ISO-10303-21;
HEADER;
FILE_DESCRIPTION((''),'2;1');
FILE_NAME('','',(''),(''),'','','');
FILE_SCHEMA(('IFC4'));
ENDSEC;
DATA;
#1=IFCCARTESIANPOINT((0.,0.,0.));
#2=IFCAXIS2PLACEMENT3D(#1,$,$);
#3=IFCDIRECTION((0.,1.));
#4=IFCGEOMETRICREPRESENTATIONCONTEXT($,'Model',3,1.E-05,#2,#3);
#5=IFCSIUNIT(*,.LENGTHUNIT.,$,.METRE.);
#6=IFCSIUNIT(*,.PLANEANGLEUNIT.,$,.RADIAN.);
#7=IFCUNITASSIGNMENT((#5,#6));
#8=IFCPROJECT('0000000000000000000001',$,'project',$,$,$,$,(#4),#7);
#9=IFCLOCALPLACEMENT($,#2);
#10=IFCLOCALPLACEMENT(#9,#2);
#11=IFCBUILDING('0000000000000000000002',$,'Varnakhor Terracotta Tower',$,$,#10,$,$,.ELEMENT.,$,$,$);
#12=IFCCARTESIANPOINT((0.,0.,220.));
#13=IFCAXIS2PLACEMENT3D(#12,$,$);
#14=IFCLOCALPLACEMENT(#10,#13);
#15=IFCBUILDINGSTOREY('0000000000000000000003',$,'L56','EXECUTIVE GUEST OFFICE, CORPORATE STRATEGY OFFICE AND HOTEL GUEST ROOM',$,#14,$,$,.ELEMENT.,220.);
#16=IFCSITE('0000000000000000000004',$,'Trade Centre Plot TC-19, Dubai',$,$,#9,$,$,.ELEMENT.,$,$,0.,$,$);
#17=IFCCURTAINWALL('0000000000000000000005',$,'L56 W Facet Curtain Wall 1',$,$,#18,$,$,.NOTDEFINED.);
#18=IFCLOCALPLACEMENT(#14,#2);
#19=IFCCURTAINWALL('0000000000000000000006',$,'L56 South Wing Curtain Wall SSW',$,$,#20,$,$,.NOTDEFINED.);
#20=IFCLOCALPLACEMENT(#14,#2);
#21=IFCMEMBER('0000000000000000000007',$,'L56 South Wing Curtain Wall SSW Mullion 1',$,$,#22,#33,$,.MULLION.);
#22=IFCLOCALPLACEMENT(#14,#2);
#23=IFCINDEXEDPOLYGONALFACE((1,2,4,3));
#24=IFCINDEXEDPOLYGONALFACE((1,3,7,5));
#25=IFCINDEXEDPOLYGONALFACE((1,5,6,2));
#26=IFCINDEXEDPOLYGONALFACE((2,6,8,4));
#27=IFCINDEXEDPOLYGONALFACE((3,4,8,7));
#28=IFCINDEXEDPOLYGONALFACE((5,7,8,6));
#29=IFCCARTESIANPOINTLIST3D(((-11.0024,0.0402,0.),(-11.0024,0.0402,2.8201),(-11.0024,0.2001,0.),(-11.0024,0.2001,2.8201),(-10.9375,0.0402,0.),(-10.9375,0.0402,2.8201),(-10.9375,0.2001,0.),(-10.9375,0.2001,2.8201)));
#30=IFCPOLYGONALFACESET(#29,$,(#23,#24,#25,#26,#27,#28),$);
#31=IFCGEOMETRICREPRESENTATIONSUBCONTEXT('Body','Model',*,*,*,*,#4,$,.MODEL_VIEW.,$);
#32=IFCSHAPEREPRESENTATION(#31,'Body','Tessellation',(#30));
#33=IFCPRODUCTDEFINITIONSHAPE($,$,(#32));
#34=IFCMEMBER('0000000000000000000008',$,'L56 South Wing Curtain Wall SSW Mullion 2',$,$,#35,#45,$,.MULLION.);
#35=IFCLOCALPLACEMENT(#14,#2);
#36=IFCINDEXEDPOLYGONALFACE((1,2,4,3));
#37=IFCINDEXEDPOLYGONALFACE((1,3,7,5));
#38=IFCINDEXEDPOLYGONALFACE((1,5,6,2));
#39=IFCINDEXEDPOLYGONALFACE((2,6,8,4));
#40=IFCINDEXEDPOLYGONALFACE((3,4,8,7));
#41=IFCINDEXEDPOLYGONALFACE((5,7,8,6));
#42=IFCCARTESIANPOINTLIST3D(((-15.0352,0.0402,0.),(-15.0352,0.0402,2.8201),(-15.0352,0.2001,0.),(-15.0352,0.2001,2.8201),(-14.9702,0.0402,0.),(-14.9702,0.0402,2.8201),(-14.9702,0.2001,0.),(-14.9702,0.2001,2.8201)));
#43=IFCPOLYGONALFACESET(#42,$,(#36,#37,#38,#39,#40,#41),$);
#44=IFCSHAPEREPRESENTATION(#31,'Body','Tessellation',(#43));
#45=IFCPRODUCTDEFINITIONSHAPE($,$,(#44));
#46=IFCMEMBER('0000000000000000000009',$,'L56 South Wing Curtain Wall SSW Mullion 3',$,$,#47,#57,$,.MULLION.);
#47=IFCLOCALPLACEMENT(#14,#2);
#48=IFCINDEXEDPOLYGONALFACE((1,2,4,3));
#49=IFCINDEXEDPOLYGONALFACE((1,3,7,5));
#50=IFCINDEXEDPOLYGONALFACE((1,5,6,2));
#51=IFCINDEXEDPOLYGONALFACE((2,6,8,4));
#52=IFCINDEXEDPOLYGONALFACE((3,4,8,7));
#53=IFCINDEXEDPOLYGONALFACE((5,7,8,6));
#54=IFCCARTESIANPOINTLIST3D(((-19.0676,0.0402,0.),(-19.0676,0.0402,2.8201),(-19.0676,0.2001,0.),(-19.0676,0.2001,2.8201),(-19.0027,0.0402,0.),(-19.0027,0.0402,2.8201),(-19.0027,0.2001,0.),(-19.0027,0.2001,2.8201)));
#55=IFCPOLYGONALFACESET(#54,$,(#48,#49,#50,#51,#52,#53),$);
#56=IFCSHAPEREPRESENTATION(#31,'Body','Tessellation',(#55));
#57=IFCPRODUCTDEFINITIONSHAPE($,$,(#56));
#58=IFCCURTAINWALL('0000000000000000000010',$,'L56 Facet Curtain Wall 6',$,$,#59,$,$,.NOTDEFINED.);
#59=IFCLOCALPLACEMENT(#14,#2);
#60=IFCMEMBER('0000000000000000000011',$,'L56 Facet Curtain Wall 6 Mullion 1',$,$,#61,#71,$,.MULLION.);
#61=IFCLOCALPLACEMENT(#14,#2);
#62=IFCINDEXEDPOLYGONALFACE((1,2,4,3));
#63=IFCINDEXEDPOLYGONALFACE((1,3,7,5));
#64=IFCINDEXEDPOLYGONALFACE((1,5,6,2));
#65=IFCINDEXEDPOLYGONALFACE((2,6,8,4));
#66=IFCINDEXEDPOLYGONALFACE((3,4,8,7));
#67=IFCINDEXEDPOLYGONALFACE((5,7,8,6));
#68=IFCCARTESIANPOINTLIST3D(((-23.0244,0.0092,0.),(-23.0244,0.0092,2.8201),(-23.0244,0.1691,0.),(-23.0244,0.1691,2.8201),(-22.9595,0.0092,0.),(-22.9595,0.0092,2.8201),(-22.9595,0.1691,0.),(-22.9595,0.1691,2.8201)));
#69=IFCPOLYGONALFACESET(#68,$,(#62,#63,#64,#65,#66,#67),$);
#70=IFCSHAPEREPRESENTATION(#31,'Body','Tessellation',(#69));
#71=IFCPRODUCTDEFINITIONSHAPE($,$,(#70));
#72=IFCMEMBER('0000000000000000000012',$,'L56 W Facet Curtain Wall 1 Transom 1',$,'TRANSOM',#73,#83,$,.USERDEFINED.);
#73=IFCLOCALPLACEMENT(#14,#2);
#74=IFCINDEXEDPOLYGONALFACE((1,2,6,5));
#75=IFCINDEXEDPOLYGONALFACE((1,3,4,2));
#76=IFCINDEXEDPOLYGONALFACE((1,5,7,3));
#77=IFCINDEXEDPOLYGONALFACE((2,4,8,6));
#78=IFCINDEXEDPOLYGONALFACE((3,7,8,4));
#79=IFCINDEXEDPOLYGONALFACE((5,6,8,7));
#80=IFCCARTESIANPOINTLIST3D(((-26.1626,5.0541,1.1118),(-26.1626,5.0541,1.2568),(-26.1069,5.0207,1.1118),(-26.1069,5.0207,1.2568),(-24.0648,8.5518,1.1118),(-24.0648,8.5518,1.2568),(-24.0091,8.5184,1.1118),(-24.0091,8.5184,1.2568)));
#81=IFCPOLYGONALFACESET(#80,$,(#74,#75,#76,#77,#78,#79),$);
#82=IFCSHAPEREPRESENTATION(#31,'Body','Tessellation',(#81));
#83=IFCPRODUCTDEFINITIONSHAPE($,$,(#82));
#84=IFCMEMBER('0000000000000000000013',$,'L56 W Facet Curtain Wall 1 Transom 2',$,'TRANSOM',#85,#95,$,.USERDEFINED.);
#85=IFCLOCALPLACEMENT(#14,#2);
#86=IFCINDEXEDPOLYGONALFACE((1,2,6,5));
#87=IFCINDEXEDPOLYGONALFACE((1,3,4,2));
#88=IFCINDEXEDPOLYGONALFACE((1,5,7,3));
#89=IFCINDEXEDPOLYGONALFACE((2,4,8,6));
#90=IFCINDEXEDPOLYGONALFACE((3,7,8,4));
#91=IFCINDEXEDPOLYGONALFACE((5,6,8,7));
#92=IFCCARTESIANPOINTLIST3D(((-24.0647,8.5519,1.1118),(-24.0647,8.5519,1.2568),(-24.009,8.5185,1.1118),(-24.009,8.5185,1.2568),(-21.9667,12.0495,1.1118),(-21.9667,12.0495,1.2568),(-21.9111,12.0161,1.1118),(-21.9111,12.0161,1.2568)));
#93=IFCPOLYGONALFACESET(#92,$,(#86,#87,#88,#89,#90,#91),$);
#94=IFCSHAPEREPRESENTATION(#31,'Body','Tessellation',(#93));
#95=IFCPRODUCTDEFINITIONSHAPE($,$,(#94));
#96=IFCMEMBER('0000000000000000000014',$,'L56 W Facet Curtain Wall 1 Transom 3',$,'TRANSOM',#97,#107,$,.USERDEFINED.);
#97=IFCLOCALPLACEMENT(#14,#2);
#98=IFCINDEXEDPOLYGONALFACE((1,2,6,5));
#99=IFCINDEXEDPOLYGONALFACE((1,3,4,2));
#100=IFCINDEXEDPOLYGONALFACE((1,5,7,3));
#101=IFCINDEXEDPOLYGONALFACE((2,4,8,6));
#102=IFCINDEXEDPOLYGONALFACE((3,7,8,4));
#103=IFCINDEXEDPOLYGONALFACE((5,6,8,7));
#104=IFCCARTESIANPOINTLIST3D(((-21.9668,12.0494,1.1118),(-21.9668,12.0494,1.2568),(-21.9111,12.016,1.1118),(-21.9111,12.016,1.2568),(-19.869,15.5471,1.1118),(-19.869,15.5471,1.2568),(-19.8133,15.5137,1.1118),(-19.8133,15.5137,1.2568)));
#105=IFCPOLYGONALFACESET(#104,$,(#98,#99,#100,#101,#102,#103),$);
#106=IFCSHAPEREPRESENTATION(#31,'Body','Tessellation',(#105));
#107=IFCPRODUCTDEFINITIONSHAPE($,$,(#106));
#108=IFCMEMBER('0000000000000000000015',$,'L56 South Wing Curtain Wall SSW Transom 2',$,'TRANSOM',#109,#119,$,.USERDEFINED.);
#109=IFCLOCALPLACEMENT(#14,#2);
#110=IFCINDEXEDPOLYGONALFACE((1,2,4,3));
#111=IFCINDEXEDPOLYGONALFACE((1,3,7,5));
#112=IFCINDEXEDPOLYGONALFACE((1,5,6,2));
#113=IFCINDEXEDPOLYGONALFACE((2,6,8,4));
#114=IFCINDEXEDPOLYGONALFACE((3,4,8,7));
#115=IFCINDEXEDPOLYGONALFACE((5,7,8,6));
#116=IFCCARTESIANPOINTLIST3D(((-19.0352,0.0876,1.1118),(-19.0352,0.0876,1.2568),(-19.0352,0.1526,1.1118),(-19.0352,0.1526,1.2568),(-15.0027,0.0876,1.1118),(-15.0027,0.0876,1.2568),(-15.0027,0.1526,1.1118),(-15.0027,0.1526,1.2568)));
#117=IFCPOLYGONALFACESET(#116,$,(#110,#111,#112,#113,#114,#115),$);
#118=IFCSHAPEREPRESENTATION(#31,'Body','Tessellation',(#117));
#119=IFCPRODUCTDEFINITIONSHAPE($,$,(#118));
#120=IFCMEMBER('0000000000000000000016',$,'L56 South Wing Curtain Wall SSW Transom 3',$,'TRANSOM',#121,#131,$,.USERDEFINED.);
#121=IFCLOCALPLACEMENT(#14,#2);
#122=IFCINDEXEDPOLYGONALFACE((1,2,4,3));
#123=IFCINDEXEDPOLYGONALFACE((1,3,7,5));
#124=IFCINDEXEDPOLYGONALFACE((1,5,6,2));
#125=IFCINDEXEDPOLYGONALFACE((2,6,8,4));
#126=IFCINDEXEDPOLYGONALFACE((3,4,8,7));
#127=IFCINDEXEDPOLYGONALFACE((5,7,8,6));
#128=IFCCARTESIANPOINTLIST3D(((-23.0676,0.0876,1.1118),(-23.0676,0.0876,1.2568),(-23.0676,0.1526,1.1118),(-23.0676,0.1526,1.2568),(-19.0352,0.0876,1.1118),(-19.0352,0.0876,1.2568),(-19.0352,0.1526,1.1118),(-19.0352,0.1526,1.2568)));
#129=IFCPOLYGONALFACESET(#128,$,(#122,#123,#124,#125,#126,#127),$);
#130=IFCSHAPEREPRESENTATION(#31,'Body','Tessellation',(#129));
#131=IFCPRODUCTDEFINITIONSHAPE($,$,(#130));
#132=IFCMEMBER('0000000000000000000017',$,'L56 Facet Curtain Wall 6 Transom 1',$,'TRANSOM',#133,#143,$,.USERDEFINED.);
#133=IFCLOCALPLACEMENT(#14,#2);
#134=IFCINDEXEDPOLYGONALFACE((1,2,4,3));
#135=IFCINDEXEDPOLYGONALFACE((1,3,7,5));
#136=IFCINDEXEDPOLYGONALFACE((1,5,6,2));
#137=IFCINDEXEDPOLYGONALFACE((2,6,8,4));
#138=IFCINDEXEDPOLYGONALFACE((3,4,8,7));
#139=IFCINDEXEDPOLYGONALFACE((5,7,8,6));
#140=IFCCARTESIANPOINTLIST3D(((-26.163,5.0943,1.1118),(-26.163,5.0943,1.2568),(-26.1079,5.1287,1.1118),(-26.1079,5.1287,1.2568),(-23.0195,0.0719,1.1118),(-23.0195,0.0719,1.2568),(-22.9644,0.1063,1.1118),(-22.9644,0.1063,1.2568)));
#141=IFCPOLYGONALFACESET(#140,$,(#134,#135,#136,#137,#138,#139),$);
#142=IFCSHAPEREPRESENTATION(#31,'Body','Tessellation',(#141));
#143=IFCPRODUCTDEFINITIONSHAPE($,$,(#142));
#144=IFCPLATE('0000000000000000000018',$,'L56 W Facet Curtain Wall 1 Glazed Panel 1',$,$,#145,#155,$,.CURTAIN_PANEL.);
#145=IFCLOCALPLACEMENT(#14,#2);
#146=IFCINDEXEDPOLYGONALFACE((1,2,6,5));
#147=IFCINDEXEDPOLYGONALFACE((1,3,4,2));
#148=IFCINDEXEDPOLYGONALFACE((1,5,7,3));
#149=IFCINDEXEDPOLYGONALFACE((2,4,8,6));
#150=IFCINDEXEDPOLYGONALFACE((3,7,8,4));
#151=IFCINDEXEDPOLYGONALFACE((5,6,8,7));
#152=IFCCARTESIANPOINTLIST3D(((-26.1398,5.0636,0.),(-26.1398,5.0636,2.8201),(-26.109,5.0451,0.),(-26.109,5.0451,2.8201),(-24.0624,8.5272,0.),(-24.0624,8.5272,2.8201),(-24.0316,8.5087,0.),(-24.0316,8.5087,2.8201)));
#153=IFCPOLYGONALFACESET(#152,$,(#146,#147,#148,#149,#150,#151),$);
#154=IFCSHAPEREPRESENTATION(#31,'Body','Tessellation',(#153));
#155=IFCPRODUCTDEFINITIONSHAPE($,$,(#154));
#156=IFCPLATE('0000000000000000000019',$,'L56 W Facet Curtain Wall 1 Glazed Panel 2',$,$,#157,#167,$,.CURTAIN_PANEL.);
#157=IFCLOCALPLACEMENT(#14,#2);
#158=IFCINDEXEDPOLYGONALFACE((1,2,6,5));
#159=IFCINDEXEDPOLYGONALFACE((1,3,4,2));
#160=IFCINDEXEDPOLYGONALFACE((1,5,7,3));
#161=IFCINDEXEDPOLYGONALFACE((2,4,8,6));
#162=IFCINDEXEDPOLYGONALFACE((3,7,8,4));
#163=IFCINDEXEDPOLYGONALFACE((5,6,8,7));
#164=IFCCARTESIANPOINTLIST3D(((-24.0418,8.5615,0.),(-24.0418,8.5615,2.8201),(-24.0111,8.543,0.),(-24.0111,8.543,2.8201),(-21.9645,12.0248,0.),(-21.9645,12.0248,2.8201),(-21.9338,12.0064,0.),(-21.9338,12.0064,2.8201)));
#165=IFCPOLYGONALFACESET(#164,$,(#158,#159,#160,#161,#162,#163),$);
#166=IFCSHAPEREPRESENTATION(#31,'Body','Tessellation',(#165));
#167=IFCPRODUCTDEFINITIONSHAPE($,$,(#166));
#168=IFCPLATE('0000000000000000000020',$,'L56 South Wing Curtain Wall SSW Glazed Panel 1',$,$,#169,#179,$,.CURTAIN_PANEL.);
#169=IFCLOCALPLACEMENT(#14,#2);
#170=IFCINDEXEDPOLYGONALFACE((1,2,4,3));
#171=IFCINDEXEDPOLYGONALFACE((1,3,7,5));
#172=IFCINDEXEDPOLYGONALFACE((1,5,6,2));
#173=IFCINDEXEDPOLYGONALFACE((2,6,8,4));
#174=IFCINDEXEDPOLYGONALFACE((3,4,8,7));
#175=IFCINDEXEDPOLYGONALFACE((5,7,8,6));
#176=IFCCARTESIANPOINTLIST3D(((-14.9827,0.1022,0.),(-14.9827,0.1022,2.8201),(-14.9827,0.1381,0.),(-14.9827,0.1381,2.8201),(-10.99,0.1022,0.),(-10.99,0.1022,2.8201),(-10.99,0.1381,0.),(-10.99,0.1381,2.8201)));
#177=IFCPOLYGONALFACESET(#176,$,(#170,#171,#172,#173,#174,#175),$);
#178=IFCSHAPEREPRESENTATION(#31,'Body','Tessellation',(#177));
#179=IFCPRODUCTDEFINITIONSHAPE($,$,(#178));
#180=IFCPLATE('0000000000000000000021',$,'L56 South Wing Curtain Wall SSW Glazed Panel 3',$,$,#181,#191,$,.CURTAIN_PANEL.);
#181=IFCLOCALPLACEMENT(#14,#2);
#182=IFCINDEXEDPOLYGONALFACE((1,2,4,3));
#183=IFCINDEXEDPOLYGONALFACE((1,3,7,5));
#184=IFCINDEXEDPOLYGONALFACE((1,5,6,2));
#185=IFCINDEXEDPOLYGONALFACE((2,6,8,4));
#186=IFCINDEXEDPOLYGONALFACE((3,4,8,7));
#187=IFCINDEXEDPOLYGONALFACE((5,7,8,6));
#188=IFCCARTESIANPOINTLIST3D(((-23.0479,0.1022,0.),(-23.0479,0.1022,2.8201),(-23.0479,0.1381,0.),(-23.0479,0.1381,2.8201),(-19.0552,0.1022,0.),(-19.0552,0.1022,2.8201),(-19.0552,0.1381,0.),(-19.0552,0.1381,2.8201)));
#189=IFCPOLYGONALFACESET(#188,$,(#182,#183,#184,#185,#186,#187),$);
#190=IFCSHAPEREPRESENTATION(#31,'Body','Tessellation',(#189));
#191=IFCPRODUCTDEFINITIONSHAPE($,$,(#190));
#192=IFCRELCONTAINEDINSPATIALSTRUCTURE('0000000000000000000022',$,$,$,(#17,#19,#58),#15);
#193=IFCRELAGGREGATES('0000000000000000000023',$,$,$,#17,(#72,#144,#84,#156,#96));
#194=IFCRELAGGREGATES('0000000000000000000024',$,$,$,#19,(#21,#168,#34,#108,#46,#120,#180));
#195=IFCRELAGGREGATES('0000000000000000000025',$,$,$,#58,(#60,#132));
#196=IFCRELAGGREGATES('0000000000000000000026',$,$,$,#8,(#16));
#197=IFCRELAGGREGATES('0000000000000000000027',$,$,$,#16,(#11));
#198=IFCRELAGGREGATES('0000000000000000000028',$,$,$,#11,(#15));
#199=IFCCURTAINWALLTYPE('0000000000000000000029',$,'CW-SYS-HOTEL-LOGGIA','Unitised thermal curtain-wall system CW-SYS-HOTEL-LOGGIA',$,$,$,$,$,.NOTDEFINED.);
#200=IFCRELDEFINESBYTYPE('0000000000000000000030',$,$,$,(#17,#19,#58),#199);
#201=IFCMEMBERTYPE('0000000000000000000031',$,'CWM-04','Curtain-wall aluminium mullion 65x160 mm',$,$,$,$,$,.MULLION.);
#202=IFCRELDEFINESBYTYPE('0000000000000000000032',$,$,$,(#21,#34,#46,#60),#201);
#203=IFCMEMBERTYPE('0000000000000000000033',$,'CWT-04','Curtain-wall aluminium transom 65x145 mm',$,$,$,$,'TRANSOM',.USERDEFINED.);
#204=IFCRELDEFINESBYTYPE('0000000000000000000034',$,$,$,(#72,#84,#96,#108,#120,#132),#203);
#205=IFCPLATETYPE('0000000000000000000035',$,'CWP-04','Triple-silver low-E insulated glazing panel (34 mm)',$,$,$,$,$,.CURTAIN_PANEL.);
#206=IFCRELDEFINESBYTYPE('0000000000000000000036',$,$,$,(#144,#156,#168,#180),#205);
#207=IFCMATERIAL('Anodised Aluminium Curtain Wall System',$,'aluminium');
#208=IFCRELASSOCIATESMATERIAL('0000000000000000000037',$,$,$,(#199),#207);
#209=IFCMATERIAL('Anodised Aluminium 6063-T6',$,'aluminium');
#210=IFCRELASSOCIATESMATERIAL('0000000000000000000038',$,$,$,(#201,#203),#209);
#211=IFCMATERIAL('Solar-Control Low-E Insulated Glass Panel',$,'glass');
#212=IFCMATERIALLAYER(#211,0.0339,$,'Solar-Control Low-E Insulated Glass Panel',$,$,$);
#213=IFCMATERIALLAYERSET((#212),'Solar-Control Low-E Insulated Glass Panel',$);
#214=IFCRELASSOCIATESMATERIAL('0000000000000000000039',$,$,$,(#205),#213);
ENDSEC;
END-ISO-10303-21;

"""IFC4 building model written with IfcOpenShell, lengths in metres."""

from ifc_helpers import new_model, si_unit, direction, frame, origin, origin_2d, place, context, subcontext, project, spatial, rectangle, extrude, source, transform, mapped, material, layer, layer_set, material_profile, profile_set, type_object, type_shapes, element, aggregate, save


model = new_model("IFC4")

# Units and contexts
model_context = context("Model", 3, precision=1e-05, world=origin(), true_north=direction((0.0, 1.0)))
body_context = subcontext(model_context, "Body", "Model", "MODEL_VIEW")
ifc_project = project(units=[si_unit("LENGTHUNIT", "METRE"), si_unit("PLANEANGLEUNIT", "RADIAN")], contexts=[model_context])

# Site, building, storey
site_placement = place(None, origin())
site = spatial("IfcSite", under=ifc_project, at=site_placement, Name="Trade Centre Plot TC-19, Dubai", CompositionType="ELEMENT", RefElevation=0.0)
building_placement = place(site_placement, origin())
building = spatial("IfcBuilding", under=site, at=building_placement, Name="Varnakhor Terracotta Tower", CompositionType="ELEMENT")
storey_placement = place(building_placement, frame((0.0, 0.0, 220.0)))
storey = spatial("IfcBuildingStorey", under=building, at=storey_placement, Name="L56", Description="EXECUTIVE GUEST OFFICE, CORPORATE STRATEGY OFFICE AND HOTEL GUEST ROOM", CompositionType="ELEMENT", Elevation=220.0)

# Curtain walls, members
ifc_material_1 = material(Name="Anodised Aluminium Curtain Wall System", Category="aluminium")
curtain_wall_type = type_object("IfcCurtainWallType", Name="CW-SYS-HOTEL-LOGGIA", Description="Unitised thermal curtain-wall system CW-SYS-HOTEL-LOGGIA", PredefinedType="NOTDEFINED", material=ifc_material_1)
curtain_wall_1_placement = place(storey_placement, origin())
curtain_wall_1 = element("IfcCurtainWall", 1, at=curtain_wall_1_placement, inside=storey, type_object=curtain_wall_type, Name="L56 W Facet Curtain Wall 1", PredefinedType="NOTDEFINED")
ifc_material_2 = material(Name="Anodised Aluminium 6063-T6", Category="aluminium")
ifc_material_profile_1 = material_profile(ifc_material_2, rectangle(XDim=0.0649, YDim=0.1599, at=origin_2d()), Name="ALU MULLION 65x160")
ifc_profile_set_1 = profile_set([ifc_material_profile_1], Name="Anodised Aluminium 6063-T6")
member_type_1 = type_object("IfcMemberType", Name="CWM-04", Description="Curtain-wall aluminium mullion 65x160 mm", PredefinedType="MULLION", material=ifc_profile_set_1)
shared_shape_1 = source(origin(), body_context, "Body", "SweptSolid", [
    extrude(rectangle(XDim=0.0649, YDim=0.1599, at=origin_2d()), origin(), (0.0, 0.0, 1.0), 2.8201),
])
type_shapes(member_type_1, [shared_shape_1])
curtain_wall_2_placement = place(storey_placement, origin())
curtain_wall_2 = element("IfcCurtainWall", 2, at=curtain_wall_2_placement, inside=storey, type_object=curtain_wall_type, Name="L56 South Wing Curtain Wall SSW", PredefinedType="NOTDEFINED")
member_1_placement = place(storey_placement, frame((-10.97, 0.1201, 0.0), z_axis=(0.0, 0.0, 1.0), x_axis=(1.0, 0.0, 0.0)))
member_1 = element("IfcMember", 3, at=member_1_placement, type_object=member_type_1, Name="L56 South Wing Curtain Wall SSW Mullion 1", PredefinedType="MULLION", context=body_context, shape_type="MappedRepresentation", body=[
    mapped(shared_shape_1, transform((0.0, 0.0, 0.0), scale=1.0)),
])
member_2_placement = place(storey_placement, frame((-15.0027, 0.1201, 0.0), z_axis=(0.0, 0.0, 1.0), x_axis=(1.0, 0.0, 0.0)))
member_2 = element("IfcMember", 4, at=member_2_placement, type_object=member_type_1, Name="L56 South Wing Curtain Wall SSW Mullion 2", PredefinedType="MULLION", context=body_context, shape_type="MappedRepresentation", body=[
    mapped(shared_shape_1, transform((0.0, 0.0, 0.0), scale=1.0)),
])
member_3_placement = place(storey_placement, frame((-19.0352, 0.1201, 0.0), z_axis=(0.0, 0.0, 1.0), x_axis=(1.0, 0.0, 0.0)))
member_3 = element("IfcMember", 5, at=member_3_placement, type_object=member_type_1, Name="L56 South Wing Curtain Wall SSW Mullion 3", PredefinedType="MULLION", context=body_context, shape_type="MappedRepresentation", body=[
    mapped(shared_shape_1, transform((0.0, 0.0, 0.0), scale=1.0)),
])

# Curtain wall, member
curtain_wall_3_placement = place(storey_placement, origin())
curtain_wall_3 = element("IfcCurtainWall", 6, at=curtain_wall_3_placement, inside=storey, type_object=curtain_wall_type, Name="L56 Facet Curtain Wall 6", PredefinedType="NOTDEFINED")
member_4_placement = place(storey_placement, frame((-22.9919, 0.0891, 0.0), z_axis=(0.0, 0.0, 1.0), x_axis=(1.0, 0.0, 0.0)))
member_4 = element("IfcMember", 7, at=member_4_placement, type_object=member_type_1, Name="L56 Facet Curtain Wall 6 Mullion 1", PredefinedType="MULLION", context=body_context, shape_type="MappedRepresentation", body=[
    mapped(shared_shape_1, transform((0.0, 0.0, 0.0), scale=1.0)),
])

# Members
ifc_material_profile_2 = material_profile(ifc_material_2, rectangle(XDim=0.0649, YDim=0.145, at=origin_2d()), Name="ALU TRANSOM 65x145")
ifc_profile_set_2 = profile_set([ifc_material_profile_2], Name="Anodised Aluminium 6063-T6")
member_type_2 = type_object("IfcMemberType", Name="CWT-04", Description="Curtain-wall aluminium transom 65x145 mm", ElementType="TRANSOM", PredefinedType="USERDEFINED", material=ifc_profile_set_2)
shared_shape_2 = source(origin(), body_context, "Body", "SweptSolid", [
    extrude(rectangle(XDim=0.0649, YDim=0.145, at=origin_2d()), origin(), (0.0, 0.0, 1.0), 4.0786),
])
type_shapes(member_type_2, [shared_shape_2])
member_5_placement = place(storey_placement, frame((-26.1348, 5.0374, 1.1843), z_axis=(0.514355, 0.857577, 0.0), x_axis=(-0.857577, 0.514355, 0.0)))
member_5 = element("IfcMember", 8, at=member_5_placement, type_object=member_type_2, Name="L56 W Facet Curtain Wall 1 Transom 1", ObjectType="TRANSOM", PredefinedType="USERDEFINED", context=body_context, shape_type="MappedRepresentation", body=[
    mapped(shared_shape_2, transform((0.0, 0.0, 0.0), scale=1.0)),
])
member_6_placement = place(storey_placement, frame((-24.0369, 8.5352, 1.1843), z_axis=(0.514381, 0.857562, 0.0), x_axis=(-0.857562, 0.514381, 0.0)))
member_6 = element("IfcMember", 9, at=member_6_placement, type_object=member_type_2, Name="L56 W Facet Curtain Wall 1 Transom 2", ObjectType="TRANSOM", PredefinedType="USERDEFINED", context=body_context, shape_type="MappedRepresentation", body=[
    mapped(shared_shape_2, transform((0.0, 0.0, 0.0), scale=1.0)),
])
member_7_placement = place(storey_placement, frame((-21.939, 12.0327, 1.1843), z_axis=(0.514355, 0.857577, 0.0), x_axis=(-0.857577, 0.514355, 0.0)))
member_7 = element("IfcMember", 10, at=member_7_placement, type_object=member_type_2, Name="L56 W Facet Curtain Wall 1 Transom 3", ObjectType="TRANSOM", PredefinedType="USERDEFINED", context=body_context, shape_type="MappedRepresentation", body=[
    mapped(shared_shape_2, transform((0.0, 0.0, 0.0), scale=1.0)),
])
shared_shape_3 = source(origin(), body_context, "Body", "SweptSolid", [
    extrude(rectangle(XDim=0.0649, YDim=0.145, at=origin_2d()), origin(), (0.0, 0.0, 1.0), 4.0325),
])
member_8_placement = place(storey_placement, frame((-15.0027, 0.1201, 1.1843), z_axis=(-1.0, 0.0, 0.0), x_axis=(0.0, -1.0, 0.0)))
member_8 = element("IfcMember", 11, at=member_8_placement, type_object=member_type_2, Name="L56 South Wing Curtain Wall SSW Transom 2", ObjectType="TRANSOM", PredefinedType="USERDEFINED", context=body_context, shape_type="MappedRepresentation", body=[
    mapped(shared_shape_3, transform((0.0, 0.0, 0.0), scale=1.0)),
])
member_9_placement = place(storey_placement, frame((-19.0352, 0.1201, 1.1843), z_axis=(-1.0, 0.0, 0.0), x_axis=(0.0, -1.0, 0.0)))
member_9 = element("IfcMember", 12, at=member_9_placement, type_object=member_type_2, Name="L56 South Wing Curtain Wall SSW Transom 3", ObjectType="TRANSOM", PredefinedType="USERDEFINED", context=body_context, shape_type="MappedRepresentation", body=[
    mapped(shared_shape_3, transform((0.0, 0.0, 0.0), scale=1.0)),
])
shared_shape_4 = source(origin(), body_context, "Body", "SweptSolid", [
    extrude(rectangle(XDim=0.0649, YDim=0.145, at=origin_2d()), origin(), (0.0, 0.0, 1.0), 5.925),
])
member_10_placement = place(storey_placement, frame((-22.9919, 0.0891, 1.1843), z_axis=(-0.530547, 0.847656, 0.0), x_axis=(-0.847656, -0.530547, 0.0)))
member_10 = element("IfcMember", 13, at=member_10_placement, type_object=member_type_2, Name="L56 Facet Curtain Wall 6 Transom 1", ObjectType="TRANSOM", PredefinedType="USERDEFINED", context=body_context, shape_type="MappedRepresentation", body=[
    mapped(shared_shape_4, transform((0.0, 0.0, 0.0), scale=1.0)),
])

# Plates
ifc_material_3 = material(Name="Solar-Control Low-E Insulated Glass Panel", Category="glass")
ifc_layer_1 = layer(ifc_material_3, 0.0339, Name="Solar-Control Low-E Insulated Glass Panel")
ifc_layer_set_1 = layer_set([ifc_layer_1], Name="Solar-Control Low-E Insulated Glass Panel")
plate_type = type_object("IfcPlateType", Name="CWP-04", Description="Triple-silver low-E insulated glazing panel (34 mm)", PredefinedType="CURTAIN_PANEL", material=ifc_layer_set_1)
shared_shape_5 = source(origin(), body_context, "Body", "SweptSolid", [
    extrude(rectangle(XDim=4.0388, YDim=0.0359, at=origin_2d()), origin(), (0.0, 0.0, 1.0), 2.8201),
])
type_shapes(plate_type, [shared_shape_5])
plate_1_placement = place(storey_placement, frame((-25.0857, 6.7861, 0.0), z_axis=(0.0, 0.0, 1.0), x_axis=(0.514365, 0.857572, 0.0)))
plate_1 = element("IfcPlate", 14, at=plate_1_placement, type_object=plate_type, Name="L56 W Facet Curtain Wall 1 Glazed Panel 1", PredefinedType="CURTAIN_PANEL", context=body_context, shape_type="MappedRepresentation", body=[
    mapped(shared_shape_5, transform((0.0, 0.0, 0.0), scale=1.0)),
])
shared_shape_6 = source(origin(), body_context, "Body", "SweptSolid", [
    extrude(rectangle(XDim=4.0386, YDim=0.0359, at=origin_2d()), origin(), (0.0, 0.0, 1.0), 2.8201),
])
plate_2_placement = place(storey_placement, frame((-22.9878, 10.2839, 0.0), z_axis=(0.0, 0.0, 1.0), x_axis=(0.514365, 0.857572, 0.0)))
plate_2 = element("IfcPlate", 15, at=plate_2_placement, type_object=plate_type, Name="L56 W Facet Curtain Wall 1 Glazed Panel 2", PredefinedType="CURTAIN_PANEL", context=body_context, shape_type="MappedRepresentation", body=[
    mapped(shared_shape_6, transform((0.0, 0.0, 0.0), scale=1.0)),
])
aggregate(curtain_wall_1, [member_5, plate_1, member_6, plate_2, member_7])
shared_shape_7 = source(origin(), body_context, "Body", "SweptSolid", [
    extrude(rectangle(XDim=3.9927, YDim=0.0359, at=origin_2d()), origin(), (0.0, 0.0, 1.0), 2.8201),
])
plate_3_placement = place(storey_placement, frame((-12.9863, 0.1201, 0.0), z_axis=(0.0, 0.0, 1.0), x_axis=(-1.0, 0.0, 0.0)))
plate_3 = element("IfcPlate", 16, at=plate_3_placement, type_object=plate_type, Name="L56 South Wing Curtain Wall SSW Glazed Panel 1", PredefinedType="CURTAIN_PANEL", context=body_context, shape_type="MappedRepresentation", body=[
    mapped(shared_shape_7, transform((0.0, 0.0, 0.0), scale=1.0)),
])
plate_4_placement = place(storey_placement, frame((-21.0515, 0.1201, 0.0), z_axis=(0.0, 0.0, 1.0), x_axis=(-1.0, 0.0, 0.0)))
plate_4 = element("IfcPlate", 17, at=plate_4_placement, type_object=plate_type, Name="L56 South Wing Curtain Wall SSW Glazed Panel 3", PredefinedType="CURTAIN_PANEL", context=body_context, shape_type="MappedRepresentation", body=[
    mapped(shared_shape_7, transform((0.0, 0.0, 0.0), scale=1.0)),
])
aggregate(curtain_wall_2, [member_1, plate_3, member_2, member_8, member_3, member_9, plate_4])
aggregate(curtain_wall_3, [member_4, member_10])

save(model, "model.ifc")
